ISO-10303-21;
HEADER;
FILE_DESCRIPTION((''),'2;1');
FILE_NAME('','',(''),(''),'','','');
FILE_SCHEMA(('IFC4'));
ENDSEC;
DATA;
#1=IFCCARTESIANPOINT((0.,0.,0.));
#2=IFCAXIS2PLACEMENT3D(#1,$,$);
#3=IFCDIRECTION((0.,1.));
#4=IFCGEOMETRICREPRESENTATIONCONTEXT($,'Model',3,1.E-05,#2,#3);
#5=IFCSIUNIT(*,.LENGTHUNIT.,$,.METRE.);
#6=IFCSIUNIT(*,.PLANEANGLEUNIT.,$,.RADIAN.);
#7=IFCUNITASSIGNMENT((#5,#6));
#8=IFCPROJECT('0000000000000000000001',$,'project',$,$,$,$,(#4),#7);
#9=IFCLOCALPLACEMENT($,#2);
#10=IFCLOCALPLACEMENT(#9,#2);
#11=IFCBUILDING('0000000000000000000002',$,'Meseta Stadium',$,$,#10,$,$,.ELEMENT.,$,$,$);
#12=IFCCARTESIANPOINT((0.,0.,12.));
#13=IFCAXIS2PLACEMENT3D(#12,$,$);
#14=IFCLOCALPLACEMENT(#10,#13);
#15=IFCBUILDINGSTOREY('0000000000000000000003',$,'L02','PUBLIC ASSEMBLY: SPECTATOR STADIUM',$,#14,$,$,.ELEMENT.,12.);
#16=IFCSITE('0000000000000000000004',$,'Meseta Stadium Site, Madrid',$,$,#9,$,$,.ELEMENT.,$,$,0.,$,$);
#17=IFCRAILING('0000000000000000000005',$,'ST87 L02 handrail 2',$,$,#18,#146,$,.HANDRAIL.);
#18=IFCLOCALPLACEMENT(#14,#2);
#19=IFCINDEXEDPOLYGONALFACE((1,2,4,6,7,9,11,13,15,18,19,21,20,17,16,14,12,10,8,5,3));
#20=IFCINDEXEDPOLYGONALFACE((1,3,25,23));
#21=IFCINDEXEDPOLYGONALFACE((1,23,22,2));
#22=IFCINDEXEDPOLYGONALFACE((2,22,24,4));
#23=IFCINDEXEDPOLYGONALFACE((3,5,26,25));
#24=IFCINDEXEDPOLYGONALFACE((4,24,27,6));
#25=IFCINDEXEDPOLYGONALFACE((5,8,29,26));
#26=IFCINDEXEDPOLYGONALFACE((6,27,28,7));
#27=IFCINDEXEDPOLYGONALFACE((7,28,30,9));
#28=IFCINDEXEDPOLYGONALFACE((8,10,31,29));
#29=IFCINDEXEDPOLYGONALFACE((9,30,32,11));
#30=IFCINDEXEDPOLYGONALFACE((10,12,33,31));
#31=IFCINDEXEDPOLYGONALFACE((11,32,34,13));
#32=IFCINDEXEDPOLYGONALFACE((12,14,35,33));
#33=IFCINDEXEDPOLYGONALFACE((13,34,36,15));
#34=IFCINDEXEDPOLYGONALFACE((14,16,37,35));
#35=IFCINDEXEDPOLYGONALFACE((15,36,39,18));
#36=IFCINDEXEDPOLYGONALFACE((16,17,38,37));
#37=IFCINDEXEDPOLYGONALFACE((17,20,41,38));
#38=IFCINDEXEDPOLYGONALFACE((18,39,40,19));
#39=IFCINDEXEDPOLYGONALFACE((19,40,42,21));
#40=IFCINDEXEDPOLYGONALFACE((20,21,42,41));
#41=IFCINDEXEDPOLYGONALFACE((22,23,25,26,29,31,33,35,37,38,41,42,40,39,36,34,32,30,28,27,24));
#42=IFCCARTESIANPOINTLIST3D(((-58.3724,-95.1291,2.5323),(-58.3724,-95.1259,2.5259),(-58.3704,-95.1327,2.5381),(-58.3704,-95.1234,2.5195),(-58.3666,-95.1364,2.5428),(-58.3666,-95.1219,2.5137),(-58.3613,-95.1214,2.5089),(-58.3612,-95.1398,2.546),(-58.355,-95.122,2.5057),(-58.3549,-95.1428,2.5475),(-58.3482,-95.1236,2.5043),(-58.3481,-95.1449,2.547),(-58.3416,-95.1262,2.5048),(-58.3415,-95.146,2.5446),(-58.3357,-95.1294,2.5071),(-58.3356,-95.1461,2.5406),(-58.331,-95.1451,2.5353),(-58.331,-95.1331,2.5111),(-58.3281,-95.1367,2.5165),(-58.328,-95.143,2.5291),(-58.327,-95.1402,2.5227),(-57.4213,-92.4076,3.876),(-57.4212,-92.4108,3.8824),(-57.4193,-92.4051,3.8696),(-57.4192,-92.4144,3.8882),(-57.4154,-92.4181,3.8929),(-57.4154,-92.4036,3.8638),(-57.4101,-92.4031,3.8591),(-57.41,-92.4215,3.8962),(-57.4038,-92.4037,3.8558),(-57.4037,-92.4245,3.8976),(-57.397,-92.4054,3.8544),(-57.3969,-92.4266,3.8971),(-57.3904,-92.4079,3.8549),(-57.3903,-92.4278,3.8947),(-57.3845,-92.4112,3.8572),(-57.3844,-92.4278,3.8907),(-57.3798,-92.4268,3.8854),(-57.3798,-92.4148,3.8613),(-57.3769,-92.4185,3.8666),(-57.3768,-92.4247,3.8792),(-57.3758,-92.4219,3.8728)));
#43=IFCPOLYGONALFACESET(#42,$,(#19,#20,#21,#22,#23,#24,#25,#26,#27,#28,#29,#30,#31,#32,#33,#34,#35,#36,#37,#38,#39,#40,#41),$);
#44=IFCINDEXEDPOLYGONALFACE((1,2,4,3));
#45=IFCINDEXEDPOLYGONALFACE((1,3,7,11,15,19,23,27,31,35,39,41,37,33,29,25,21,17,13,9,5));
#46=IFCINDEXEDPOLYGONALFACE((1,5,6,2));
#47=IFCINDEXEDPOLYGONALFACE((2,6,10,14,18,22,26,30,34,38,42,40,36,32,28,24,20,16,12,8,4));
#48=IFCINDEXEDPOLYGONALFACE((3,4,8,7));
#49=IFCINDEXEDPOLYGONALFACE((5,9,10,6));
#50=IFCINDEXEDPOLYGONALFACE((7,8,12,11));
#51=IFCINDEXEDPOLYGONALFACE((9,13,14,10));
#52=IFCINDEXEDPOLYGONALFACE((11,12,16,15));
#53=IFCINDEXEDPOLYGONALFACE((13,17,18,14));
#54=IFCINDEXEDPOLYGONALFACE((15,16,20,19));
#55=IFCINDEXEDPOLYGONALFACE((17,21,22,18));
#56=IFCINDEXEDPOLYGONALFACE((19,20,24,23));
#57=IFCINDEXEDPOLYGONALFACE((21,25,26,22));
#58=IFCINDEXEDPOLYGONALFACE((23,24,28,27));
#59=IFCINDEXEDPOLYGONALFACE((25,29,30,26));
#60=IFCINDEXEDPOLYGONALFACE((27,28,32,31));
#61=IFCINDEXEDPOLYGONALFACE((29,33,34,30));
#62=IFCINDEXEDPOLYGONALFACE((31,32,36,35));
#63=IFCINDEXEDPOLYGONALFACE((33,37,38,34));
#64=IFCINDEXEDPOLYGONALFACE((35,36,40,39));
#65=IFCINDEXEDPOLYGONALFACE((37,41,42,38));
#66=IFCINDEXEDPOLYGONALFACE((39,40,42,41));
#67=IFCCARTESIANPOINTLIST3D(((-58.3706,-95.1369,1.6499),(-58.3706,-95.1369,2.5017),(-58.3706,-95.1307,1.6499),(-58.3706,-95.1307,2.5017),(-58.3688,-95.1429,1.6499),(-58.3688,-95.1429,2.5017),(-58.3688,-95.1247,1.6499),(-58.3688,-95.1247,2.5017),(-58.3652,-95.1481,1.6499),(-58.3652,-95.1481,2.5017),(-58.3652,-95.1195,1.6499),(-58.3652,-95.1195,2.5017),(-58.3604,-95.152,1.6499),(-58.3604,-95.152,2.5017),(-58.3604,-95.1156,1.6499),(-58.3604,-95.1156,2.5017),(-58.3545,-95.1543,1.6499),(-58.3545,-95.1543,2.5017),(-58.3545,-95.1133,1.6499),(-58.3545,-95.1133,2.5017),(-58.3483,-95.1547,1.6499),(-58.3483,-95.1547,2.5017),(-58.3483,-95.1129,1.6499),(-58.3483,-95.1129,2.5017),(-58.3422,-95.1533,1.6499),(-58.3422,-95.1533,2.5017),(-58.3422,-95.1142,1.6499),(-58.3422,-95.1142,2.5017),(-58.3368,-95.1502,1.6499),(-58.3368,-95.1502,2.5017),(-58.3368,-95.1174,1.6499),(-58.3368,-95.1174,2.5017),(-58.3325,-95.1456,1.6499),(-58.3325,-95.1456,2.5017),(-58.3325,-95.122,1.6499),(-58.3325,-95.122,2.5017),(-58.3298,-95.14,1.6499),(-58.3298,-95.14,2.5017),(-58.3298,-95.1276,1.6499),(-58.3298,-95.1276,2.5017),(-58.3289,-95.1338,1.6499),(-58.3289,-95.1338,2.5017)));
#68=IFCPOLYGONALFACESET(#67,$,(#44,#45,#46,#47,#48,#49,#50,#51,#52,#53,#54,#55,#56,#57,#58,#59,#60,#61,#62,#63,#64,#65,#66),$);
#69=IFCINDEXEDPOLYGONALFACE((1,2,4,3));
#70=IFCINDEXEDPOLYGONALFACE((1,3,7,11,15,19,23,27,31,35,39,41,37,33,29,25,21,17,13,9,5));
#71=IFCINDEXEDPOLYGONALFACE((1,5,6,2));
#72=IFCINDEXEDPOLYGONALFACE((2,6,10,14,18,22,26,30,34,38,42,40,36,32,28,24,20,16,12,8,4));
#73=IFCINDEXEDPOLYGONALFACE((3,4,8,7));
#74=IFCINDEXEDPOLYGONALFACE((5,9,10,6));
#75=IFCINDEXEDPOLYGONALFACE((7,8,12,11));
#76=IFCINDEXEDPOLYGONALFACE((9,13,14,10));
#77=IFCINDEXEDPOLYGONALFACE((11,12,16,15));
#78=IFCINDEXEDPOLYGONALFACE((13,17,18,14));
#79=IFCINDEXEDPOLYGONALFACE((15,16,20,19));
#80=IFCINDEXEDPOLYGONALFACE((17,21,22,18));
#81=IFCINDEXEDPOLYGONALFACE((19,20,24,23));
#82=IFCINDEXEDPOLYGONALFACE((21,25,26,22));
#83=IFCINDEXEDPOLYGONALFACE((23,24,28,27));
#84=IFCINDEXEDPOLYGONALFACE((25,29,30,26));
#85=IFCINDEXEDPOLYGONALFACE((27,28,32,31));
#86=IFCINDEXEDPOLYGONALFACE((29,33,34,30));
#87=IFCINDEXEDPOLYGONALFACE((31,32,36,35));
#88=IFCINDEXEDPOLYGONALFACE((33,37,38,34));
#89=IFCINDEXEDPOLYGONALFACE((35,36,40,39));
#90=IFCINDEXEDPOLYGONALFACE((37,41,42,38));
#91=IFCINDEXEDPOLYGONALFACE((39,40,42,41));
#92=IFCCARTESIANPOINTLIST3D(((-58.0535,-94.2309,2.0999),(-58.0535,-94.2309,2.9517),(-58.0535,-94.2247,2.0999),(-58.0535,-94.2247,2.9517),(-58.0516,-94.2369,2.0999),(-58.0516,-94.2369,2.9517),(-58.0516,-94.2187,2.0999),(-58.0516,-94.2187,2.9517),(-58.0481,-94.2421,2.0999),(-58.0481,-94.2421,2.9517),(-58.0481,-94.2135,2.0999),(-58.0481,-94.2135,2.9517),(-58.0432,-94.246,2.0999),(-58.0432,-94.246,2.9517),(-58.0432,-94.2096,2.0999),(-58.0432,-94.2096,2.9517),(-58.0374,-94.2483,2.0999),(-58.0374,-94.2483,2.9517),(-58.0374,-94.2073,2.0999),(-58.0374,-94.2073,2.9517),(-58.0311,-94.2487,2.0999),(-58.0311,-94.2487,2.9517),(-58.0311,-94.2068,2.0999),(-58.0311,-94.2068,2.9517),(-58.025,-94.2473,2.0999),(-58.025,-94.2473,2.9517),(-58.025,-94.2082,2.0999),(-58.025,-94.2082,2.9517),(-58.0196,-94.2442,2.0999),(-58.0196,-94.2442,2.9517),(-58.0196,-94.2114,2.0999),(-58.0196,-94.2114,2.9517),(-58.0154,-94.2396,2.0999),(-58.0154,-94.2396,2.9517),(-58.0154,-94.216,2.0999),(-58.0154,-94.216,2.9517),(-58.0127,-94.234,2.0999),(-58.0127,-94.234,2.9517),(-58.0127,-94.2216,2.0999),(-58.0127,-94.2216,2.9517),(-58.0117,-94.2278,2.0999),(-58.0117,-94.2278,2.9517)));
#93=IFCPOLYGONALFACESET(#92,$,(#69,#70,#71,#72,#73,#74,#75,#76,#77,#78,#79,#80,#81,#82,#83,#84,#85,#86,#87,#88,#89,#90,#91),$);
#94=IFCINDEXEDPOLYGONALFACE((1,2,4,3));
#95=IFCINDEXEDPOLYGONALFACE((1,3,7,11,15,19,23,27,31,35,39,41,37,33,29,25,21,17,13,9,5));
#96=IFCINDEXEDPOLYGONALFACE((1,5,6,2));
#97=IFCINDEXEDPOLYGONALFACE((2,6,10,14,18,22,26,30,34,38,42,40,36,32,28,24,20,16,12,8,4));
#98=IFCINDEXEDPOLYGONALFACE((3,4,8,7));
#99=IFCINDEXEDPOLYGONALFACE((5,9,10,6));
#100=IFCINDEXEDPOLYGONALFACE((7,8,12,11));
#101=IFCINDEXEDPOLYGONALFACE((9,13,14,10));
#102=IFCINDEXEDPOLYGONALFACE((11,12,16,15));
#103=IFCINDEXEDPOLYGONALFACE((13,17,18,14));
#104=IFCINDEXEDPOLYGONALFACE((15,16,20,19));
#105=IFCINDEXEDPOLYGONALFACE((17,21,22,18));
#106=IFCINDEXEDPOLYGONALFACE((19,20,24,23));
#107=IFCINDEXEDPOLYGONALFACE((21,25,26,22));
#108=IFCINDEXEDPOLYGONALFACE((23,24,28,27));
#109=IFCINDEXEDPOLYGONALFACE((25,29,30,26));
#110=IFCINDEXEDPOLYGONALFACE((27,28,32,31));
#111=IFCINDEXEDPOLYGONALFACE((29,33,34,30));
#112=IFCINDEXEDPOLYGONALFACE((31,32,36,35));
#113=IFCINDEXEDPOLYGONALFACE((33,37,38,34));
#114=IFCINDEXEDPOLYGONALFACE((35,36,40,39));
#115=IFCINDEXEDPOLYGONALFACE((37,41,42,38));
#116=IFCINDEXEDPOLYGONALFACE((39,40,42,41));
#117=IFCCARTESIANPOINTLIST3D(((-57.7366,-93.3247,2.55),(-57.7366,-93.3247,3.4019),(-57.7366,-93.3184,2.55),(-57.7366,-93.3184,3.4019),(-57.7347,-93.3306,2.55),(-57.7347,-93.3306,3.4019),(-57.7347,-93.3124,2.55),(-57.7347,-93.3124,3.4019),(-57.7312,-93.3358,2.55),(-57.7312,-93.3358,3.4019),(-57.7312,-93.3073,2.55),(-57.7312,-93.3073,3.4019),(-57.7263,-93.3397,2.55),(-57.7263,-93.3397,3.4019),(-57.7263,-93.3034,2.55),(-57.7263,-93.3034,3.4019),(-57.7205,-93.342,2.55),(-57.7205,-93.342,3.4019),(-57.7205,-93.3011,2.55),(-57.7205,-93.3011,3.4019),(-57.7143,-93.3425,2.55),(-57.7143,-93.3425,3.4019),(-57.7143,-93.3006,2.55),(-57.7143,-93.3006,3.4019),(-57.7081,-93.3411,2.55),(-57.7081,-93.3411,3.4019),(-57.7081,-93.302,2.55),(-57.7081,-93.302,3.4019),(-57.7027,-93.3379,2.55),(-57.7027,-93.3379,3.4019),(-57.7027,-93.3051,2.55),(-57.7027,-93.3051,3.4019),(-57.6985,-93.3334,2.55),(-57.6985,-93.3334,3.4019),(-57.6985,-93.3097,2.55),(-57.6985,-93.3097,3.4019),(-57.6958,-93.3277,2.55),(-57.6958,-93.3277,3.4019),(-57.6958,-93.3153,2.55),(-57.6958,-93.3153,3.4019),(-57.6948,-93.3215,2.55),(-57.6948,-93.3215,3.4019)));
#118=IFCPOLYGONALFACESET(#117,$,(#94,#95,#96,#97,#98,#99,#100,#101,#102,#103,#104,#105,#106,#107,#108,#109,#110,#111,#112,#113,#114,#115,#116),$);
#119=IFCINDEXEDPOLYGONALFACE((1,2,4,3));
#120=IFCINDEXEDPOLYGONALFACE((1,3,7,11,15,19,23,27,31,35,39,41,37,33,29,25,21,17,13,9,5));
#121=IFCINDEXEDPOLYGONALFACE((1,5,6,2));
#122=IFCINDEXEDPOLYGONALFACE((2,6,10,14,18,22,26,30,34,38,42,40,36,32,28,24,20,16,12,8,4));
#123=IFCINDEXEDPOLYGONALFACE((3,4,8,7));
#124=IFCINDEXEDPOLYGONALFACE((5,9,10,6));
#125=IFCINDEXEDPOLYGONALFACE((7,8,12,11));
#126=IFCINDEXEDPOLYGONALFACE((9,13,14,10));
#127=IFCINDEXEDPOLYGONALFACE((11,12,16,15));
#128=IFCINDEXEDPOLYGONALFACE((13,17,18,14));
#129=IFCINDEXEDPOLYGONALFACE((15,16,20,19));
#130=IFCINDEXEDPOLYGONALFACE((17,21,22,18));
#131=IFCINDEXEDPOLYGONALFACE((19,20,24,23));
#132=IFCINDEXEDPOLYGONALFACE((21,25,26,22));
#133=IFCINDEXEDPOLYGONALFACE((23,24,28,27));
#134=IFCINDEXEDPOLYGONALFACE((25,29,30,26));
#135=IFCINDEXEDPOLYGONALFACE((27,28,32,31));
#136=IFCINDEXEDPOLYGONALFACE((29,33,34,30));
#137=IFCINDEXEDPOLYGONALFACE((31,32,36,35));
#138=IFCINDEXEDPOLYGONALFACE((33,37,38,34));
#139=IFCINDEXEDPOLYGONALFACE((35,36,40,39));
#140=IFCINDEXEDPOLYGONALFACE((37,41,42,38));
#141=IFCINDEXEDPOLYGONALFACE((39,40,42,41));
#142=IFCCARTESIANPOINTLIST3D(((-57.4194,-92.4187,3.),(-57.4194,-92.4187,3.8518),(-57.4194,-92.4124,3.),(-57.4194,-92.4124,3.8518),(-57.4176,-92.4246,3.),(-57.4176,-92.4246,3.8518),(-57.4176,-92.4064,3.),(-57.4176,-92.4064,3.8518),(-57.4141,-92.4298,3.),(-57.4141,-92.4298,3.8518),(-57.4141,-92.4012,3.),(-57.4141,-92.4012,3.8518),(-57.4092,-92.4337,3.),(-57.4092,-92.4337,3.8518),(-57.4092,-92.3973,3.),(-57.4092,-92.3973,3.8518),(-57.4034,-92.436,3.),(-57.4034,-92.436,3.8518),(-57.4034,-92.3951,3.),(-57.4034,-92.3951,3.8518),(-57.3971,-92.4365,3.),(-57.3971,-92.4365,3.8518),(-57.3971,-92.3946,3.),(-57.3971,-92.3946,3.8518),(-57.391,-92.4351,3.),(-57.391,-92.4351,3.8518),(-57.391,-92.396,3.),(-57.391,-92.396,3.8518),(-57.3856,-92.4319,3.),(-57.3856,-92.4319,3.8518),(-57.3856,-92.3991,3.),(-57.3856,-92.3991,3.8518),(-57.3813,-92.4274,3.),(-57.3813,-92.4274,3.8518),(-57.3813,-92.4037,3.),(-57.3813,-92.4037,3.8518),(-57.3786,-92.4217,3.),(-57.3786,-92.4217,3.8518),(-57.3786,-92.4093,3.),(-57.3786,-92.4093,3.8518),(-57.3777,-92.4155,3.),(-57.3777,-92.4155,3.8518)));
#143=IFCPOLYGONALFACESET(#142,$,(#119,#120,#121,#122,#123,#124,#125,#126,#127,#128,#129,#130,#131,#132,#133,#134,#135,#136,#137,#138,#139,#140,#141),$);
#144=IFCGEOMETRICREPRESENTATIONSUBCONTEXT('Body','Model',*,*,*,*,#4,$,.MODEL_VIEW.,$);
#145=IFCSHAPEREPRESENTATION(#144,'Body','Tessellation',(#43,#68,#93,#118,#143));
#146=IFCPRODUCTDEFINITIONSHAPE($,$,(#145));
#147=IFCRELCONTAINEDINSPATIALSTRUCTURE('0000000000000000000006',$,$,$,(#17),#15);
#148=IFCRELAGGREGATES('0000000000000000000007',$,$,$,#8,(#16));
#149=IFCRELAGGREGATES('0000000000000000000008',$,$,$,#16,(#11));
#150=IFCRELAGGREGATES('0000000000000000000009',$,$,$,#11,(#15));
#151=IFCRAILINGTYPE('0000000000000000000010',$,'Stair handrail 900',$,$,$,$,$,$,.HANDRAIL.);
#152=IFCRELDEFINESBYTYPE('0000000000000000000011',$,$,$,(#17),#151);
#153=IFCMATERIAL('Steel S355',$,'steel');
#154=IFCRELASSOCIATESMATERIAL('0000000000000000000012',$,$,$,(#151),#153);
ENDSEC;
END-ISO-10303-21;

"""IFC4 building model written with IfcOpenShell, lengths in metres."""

from ifc_helpers import new_model, si_unit, direction, frame, origin, origin_2d, place, context, subcontext, project, spatial, circle, extrude, material, type_object, element, save


model = new_model("IFC4")

# Units and contexts
model_context = context("Model", 3, precision=1e-05, world=origin(), true_north=direction((0.0, 1.0)))
body_context = subcontext(model_context, "Body", "Model", "MODEL_VIEW")
ifc_project = project(units=[si_unit("LENGTHUNIT", "METRE"), si_unit("PLANEANGLEUNIT", "RADIAN")], contexts=[model_context])

# Site, building, storey
site_placement = place(None, origin())
site = spatial("IfcSite", under=ifc_project, at=site_placement, Name="Meseta Stadium Site, Madrid", CompositionType="ELEMENT", RefElevation=0.0)
building_placement = place(site_placement, origin())
building = spatial("IfcBuilding", under=site, at=building_placement, Name="Meseta Stadium", CompositionType="ELEMENT")
storey_placement = place(building_placement, frame((0.0, 0.0, 12.0)))
storey = spatial("IfcBuildingStorey", under=building, at=storey_placement, Name="L02", Description="PUBLIC ASSEMBLY: SPECTATOR STADIUM", CompositionType="ELEMENT", Elevation=12.0)

# Railing
ifc_material_1 = material(Name="Steel S355", Category="steel")
railing_type_1 = type_object("IfcRailingType", Name="Stair handrail 900", PredefinedType="HANDRAIL", material=ifc_material_1)
for number, where, name in (
    (1, (-58.3499, -95.1338, 1.6499), "ST87 L02 handrail 2"),
):
    element("IfcRailing", number, at=place(storey_placement, frame(where)), inside=storey, type_object=railing_type_1, Name=name, PredefinedType="HANDRAIL", context=body_context, shape_type="SweptSolid", body=[
        extrude(circle(Radius=0.0239, at=origin_2d()), frame((0.0, 0.0, 0.876), z_axis=(0.299051, 0.854629, 0.424474), x_axis=(-0.943882, 0.330282, 0.0)), (0.0, 0.0, 1.0), 3.1807),
        extrude(circle(Radius=0.021, at=origin_2d()), origin(), (0.0, 0.0, 1.0), 0.8518),
        extrude(circle(Radius=0.021, at=origin_2d()), frame((0.3171, 0.906, 0.45)), (0.0, 0.0, 1.0), 0.8518),
        extrude(circle(Radius=0.021, at=origin_2d()), frame((0.634, 1.8123, 0.9001)), (0.0, 0.0, 1.0), 0.8518),
        extrude(circle(Radius=0.021, at=origin_2d()), frame((0.9512, 2.7183, 1.3501)), (0.0, 0.0, 1.0), 0.8518),
    ])

save(model, "model.ifc")
